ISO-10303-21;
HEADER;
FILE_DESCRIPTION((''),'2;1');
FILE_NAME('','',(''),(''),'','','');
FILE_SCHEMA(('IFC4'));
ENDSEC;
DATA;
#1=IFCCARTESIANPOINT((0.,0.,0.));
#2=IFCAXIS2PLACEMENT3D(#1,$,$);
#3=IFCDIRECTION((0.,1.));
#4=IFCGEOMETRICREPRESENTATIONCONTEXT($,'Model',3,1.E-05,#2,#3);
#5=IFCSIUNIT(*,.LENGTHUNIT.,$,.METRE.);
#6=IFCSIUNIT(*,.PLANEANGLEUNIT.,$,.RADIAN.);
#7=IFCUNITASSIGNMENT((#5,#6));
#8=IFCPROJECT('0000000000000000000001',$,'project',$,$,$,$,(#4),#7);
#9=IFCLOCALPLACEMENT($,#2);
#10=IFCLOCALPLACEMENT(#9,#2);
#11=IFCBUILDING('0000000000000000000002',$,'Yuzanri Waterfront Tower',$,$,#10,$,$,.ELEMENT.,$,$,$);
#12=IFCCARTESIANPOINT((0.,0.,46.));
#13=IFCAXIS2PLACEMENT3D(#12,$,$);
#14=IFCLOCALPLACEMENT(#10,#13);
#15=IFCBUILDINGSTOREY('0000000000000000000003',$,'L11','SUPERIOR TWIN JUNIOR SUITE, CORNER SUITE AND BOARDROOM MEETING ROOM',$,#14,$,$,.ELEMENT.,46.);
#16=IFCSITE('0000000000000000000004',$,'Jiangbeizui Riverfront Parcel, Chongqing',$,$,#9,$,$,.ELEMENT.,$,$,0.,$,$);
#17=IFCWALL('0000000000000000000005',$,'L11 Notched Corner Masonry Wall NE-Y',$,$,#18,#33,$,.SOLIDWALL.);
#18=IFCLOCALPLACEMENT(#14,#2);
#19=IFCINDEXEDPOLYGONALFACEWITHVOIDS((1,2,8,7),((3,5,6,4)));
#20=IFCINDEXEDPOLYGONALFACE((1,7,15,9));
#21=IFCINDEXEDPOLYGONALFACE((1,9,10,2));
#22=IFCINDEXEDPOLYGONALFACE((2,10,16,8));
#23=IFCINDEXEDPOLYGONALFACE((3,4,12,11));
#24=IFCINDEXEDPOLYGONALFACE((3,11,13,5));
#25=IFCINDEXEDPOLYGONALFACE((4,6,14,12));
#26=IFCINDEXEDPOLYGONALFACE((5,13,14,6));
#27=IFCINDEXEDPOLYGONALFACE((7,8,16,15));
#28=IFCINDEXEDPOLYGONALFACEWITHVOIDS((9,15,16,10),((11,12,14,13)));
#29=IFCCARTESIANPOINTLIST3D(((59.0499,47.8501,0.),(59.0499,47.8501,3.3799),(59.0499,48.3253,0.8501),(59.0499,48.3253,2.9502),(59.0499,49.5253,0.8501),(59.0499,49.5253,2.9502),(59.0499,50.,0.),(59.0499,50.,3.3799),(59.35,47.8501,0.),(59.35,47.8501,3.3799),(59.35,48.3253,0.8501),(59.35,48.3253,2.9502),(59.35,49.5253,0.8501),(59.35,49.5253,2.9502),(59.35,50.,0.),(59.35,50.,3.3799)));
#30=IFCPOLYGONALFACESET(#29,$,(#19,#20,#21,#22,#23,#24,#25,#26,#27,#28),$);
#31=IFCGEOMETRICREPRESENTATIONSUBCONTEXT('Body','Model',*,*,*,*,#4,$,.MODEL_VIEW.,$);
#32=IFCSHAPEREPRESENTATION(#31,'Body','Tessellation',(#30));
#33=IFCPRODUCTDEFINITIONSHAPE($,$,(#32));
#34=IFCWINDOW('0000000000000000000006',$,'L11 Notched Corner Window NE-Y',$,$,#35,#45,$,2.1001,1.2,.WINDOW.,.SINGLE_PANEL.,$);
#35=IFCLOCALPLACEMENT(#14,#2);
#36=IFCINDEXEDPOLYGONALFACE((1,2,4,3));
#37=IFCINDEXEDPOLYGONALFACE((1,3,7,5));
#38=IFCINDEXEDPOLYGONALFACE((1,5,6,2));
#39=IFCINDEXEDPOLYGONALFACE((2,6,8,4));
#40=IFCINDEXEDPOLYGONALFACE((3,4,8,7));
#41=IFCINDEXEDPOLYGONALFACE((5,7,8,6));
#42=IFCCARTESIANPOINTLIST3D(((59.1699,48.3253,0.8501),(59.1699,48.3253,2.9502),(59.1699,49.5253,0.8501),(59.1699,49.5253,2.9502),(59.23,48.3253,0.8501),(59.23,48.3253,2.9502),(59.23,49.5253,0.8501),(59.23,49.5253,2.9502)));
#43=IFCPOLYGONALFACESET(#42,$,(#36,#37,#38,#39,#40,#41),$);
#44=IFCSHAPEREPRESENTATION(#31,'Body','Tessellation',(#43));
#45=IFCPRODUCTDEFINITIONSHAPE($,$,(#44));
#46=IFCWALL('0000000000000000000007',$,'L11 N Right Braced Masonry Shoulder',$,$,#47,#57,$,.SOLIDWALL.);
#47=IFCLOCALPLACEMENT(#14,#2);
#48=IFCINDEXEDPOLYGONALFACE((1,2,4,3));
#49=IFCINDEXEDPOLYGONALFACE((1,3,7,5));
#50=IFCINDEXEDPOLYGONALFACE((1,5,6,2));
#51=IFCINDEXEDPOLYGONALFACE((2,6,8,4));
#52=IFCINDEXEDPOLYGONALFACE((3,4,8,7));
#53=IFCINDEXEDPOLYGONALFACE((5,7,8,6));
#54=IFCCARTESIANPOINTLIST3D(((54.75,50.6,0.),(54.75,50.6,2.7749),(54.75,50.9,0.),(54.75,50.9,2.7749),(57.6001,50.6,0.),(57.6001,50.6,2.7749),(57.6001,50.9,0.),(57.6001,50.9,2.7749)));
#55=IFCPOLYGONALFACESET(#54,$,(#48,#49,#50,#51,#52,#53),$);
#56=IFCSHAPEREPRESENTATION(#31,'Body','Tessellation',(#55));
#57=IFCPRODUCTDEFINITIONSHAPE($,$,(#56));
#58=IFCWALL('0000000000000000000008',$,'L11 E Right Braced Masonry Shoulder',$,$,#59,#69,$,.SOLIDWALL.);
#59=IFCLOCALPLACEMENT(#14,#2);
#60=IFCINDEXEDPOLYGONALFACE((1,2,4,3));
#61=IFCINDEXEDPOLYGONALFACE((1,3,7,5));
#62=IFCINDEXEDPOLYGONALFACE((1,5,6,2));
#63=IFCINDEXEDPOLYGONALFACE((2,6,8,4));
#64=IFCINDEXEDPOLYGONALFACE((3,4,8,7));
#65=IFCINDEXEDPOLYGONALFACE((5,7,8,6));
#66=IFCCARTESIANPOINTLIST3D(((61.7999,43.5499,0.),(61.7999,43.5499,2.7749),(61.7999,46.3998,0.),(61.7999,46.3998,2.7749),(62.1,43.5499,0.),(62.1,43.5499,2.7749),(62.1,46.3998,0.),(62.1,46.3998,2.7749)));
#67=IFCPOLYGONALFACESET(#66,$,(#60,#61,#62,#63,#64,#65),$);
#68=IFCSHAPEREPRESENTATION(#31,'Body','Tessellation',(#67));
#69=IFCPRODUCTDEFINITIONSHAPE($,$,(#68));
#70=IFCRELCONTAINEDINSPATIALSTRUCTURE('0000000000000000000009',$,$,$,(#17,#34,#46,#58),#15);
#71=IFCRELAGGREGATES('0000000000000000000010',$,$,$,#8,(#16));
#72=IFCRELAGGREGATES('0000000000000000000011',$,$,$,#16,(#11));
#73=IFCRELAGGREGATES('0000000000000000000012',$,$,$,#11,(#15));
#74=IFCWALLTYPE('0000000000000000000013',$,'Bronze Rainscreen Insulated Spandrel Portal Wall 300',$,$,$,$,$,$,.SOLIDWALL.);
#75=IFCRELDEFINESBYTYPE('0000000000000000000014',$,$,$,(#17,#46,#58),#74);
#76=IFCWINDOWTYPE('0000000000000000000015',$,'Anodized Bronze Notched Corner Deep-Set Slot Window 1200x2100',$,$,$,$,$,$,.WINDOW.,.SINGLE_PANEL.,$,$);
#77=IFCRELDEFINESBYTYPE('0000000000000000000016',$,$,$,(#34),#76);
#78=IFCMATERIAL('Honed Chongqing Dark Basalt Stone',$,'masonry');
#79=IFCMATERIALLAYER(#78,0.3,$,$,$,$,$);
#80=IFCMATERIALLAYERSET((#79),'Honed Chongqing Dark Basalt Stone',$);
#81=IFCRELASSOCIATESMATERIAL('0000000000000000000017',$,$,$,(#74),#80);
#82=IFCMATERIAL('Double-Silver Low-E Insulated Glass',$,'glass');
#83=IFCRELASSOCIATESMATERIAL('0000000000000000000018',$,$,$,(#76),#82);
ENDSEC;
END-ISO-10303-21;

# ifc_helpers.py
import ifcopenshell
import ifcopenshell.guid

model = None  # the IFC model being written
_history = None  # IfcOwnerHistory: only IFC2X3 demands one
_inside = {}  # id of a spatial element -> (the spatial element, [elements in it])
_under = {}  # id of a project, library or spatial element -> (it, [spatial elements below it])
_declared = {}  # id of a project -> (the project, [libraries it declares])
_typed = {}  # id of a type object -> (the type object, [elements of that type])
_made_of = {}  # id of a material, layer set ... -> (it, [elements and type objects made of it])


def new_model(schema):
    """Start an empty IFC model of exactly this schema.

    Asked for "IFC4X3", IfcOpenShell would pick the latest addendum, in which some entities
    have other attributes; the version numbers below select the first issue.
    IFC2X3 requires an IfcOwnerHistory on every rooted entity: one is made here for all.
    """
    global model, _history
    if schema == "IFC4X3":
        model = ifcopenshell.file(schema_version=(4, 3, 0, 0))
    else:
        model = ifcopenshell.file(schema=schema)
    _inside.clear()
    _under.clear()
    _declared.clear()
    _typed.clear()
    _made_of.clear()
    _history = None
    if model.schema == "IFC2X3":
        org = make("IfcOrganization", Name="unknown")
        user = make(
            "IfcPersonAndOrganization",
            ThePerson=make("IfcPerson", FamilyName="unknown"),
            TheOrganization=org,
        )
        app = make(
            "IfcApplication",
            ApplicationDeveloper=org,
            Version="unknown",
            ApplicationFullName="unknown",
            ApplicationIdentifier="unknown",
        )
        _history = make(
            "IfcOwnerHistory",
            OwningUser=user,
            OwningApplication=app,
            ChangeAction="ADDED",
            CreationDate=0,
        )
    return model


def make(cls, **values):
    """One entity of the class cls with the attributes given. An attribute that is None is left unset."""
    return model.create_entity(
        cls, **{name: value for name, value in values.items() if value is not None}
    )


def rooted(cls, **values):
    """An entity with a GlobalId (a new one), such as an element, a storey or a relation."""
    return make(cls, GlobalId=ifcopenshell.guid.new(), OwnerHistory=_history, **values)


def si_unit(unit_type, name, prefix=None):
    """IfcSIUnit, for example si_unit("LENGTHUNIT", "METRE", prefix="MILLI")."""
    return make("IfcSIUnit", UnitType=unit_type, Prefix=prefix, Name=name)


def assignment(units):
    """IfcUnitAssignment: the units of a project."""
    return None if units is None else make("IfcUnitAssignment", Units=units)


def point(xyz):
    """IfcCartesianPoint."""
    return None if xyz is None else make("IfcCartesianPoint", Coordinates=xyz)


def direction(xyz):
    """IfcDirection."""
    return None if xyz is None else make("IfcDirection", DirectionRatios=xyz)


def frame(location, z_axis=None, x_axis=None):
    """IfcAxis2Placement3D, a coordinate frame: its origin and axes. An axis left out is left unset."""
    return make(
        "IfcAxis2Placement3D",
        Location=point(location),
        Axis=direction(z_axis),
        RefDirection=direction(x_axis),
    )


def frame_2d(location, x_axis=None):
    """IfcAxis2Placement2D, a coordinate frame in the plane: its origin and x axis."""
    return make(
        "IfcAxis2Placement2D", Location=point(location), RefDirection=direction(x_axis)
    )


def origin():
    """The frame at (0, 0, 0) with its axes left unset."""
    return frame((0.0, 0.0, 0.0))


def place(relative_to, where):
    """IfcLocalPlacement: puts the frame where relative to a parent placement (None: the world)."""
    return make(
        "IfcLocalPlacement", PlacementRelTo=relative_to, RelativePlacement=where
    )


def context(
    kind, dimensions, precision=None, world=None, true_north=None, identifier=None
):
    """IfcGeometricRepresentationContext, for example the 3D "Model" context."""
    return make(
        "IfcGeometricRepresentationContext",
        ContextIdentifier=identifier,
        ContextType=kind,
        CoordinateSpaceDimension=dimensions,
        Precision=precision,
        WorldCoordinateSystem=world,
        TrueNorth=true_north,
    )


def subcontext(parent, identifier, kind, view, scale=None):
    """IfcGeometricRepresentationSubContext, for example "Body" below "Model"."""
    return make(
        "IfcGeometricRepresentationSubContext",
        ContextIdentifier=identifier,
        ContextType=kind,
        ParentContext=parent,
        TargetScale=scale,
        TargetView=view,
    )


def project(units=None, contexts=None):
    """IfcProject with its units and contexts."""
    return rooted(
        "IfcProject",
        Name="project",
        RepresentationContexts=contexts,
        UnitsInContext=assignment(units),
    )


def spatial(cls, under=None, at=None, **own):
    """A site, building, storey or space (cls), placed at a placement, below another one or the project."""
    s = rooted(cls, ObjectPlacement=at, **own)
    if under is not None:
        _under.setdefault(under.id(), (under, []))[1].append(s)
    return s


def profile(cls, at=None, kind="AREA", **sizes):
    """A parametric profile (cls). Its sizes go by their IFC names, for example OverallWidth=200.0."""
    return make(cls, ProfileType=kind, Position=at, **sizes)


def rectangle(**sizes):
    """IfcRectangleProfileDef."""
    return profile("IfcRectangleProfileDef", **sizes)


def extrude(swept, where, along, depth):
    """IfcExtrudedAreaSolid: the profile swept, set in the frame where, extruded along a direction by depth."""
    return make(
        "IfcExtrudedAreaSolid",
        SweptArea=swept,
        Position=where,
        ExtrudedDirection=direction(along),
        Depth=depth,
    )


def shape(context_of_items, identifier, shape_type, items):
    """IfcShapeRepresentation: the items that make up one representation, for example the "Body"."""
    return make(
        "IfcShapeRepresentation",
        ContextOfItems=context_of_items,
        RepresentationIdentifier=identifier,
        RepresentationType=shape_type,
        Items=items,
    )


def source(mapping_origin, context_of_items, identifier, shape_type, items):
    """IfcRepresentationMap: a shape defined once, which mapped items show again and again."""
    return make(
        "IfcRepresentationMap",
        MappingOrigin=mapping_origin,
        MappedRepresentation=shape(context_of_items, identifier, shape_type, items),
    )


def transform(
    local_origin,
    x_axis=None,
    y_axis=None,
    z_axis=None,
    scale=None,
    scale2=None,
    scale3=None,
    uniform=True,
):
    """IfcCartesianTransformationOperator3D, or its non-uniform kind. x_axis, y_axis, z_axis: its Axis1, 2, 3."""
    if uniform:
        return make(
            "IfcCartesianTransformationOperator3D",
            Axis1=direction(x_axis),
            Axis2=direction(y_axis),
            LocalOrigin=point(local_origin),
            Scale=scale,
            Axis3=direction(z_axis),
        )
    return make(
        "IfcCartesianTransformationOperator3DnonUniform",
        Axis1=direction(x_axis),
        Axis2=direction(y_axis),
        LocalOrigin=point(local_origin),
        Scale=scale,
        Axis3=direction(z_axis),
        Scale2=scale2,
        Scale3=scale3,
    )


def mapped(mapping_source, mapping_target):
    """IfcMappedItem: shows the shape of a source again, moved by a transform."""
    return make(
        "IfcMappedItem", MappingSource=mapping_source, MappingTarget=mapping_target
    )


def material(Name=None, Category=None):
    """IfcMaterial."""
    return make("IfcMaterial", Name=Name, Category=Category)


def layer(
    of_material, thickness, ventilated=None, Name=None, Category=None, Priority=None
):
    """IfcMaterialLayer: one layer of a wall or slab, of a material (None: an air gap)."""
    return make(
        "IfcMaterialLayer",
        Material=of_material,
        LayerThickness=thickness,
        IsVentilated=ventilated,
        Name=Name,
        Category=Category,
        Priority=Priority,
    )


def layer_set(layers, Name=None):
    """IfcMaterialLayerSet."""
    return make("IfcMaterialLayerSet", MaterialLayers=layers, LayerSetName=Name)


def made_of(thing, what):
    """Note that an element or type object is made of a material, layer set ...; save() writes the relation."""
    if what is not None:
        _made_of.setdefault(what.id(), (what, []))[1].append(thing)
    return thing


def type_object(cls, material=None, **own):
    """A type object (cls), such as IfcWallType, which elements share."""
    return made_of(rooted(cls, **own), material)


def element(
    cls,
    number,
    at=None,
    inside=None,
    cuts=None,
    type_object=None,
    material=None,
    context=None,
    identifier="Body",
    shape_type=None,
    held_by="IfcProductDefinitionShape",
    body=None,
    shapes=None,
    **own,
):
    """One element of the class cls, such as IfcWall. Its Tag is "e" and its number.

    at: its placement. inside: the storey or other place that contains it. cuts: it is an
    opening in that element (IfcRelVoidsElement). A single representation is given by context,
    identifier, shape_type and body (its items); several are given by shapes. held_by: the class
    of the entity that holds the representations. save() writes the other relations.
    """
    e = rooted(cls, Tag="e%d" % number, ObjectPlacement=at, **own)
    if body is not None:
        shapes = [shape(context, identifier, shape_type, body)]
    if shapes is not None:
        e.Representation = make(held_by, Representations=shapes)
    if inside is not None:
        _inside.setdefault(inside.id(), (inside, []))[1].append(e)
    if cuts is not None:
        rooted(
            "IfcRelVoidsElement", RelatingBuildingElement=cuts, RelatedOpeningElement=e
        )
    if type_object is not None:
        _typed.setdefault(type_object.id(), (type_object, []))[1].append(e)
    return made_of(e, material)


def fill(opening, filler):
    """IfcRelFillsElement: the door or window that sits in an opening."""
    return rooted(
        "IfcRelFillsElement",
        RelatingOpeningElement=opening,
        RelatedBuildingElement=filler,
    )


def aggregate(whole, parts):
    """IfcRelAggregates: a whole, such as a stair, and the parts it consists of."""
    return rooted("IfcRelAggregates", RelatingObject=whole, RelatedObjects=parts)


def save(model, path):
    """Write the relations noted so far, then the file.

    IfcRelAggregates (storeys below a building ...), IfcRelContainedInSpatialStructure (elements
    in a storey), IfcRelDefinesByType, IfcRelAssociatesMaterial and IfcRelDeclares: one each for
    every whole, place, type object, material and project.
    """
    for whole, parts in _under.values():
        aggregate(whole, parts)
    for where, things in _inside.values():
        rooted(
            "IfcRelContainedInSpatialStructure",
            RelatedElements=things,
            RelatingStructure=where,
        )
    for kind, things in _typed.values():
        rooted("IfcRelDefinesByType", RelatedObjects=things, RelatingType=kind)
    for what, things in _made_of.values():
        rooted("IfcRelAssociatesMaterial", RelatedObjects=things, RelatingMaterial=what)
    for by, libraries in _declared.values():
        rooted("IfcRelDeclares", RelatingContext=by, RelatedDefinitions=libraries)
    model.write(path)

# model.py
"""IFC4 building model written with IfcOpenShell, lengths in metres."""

from ifc_helpers import new_model, si_unit, direction, frame, frame_2d, origin, place, context, subcontext, project, spatial, rectangle, extrude, source, transform, mapped, material, layer, layer_set, type_object, element, fill, save


model = new_model("IFC4")

# Units and contexts
model_context = context("Model", 3, precision=1e-05, world=origin(), true_north=direction((0.0, 1.0)))
body_context = subcontext(model_context, "Body", "Model", "MODEL_VIEW")
ifc_project = project(units=[si_unit("LENGTHUNIT", "METRE"), si_unit("PLANEANGLEUNIT", "RADIAN")], contexts=[model_context])

# Site, building, storey
site_placement = place(None, origin())
site = spatial("IfcSite", under=ifc_project, at=site_placement, Name="Jiangbeizui Riverfront Parcel, Chongqing", CompositionType="ELEMENT", RefElevation=0.0)
building_placement = place(site_placement, origin())
building = spatial("IfcBuilding", under=site, at=building_placement, Name="Yuzanri Waterfront Tower", CompositionType="ELEMENT")
storey_placement = place(building_placement, frame((0.0, 0.0, 46.0)))
storey = spatial("IfcBuildingStorey", under=building, at=storey_placement, Name="L11", Description="SUPERIOR TWIN JUNIOR SUITE, CORNER SUITE AND BOARDROOM MEETING ROOM", CompositionType="ELEMENT", Elevation=46.0)

# Wall, opening, window
ifc_material_1 = material(Name="Honed Chongqing Dark Basalt Stone", Category="masonry")
ifc_layer_1 = layer(ifc_material_1, 0.3)
ifc_layer_set_1 = layer_set([ifc_layer_1], Name="Honed Chongqing Dark Basalt Stone")
wall_type_1 = type_object("IfcWallType", Name="Bronze Rainscreen Insulated Spandrel Portal Wall 300", PredefinedType="SOLIDWALL", material=ifc_layer_set_1)
wall_1_placement = place(storey_placement, frame((59.2, 47.8501, 0.0), z_axis=(0.0, 0.0, 1.0), x_axis=(0.0, 1.0, 0.0)))
wall_1 = element("IfcWall", 1, at=wall_1_placement, inside=storey, type_object=wall_type_1, Name="L11 Notched Corner Masonry Wall NE-Y", PredefinedType="SOLIDWALL", context=body_context, shape_type="SweptSolid", body=[
    extrude(rectangle(XDim=2.1499, YDim=0.3, at=frame_2d((1.075, 0.0))), origin(), (0.0, 0.0, 1.0), 3.3799),
])
opening_1_placement = place(wall_1_placement, frame((0.4751, 0.0, 0.8501)))
opening_1 = element("IfcOpeningElement", 2, at=opening_1_placement, cuts=wall_1, PredefinedType="OPENING", context=body_context, shape_type="SweptSolid", body=[
    extrude(rectangle(XDim=1.2, YDim=2.1001, at=frame_2d((0.6001, 1.05))), frame((0.0, 0.165, 0.0), z_axis=(0.0, -1.0, 0.0), x_axis=(1.0, 0.0, 0.0)), (0.0, 0.0, 1.0), 0.3298),
])
ifc_material_2 = material(Name="Double-Silver Low-E Insulated Glass", Category="glass")
window_type_1 = type_object("IfcWindowType", Name="Anodized Bronze Notched Corner Deep-Set Slot Window 1200x2100", PartitioningType="SINGLE_PANEL", PredefinedType="WINDOW", material=ifc_material_2)
shared_shape_1 = source(origin(), body_context, "Body", "SweptSolid", [
    extrude(rectangle(XDim=1.2, YDim=2.1001, at=frame_2d((0.6001, 1.05))), frame((0.0, 0.03, 0.0), z_axis=(0.0, -1.0, 0.0), x_axis=(1.0, 0.0, 0.0)), (0.0, 0.0, 1.0), 0.0601),
])
window_1_placement = place(opening_1_placement, origin())
window_1 = element("IfcWindow", 3, at=window_1_placement, inside=storey, type_object=window_type_1, Name="L11 Notched Corner Window NE-Y", OverallHeight=2.1001, OverallWidth=1.2, PartitioningType="SINGLE_PANEL", PredefinedType="WINDOW", context=body_context, shape_type="MappedRepresentation", body=[
    mapped(shared_shape_1, transform((0.0, 0.0, 0.0), scale=1.0)),
])
fill(opening_1, window_1)

# Walls
shared_shape_2 = source(origin(), body_context, "Body", "SweptSolid", [
    extrude(rectangle(XDim=2.8501, YDim=0.3, at=frame_2d((1.425, 0.0))), origin(), (0.0, 0.0, 1.0), 2.7749),
])
wall_2_placement = place(storey_placement, frame((54.75, 50.75, 0.0), z_axis=(0.0, 0.0, 1.0), x_axis=(1.0, 0.0, 0.0)))
element("IfcWall", 4, at=wall_2_placement, inside=storey, type_object=wall_type_1, Name="L11 N Right Braced Masonry Shoulder", PredefinedType="SOLIDWALL", context=body_context, shape_type="MappedRepresentation", body=[
    mapped(shared_shape_2, transform((0.0, 0.0, 0.0), scale=1.0)),
])
shared_shape_3 = source(origin(), body_context, "Body", "SweptSolid", [
    extrude(rectangle(XDim=2.8499, YDim=0.3, at=frame_2d((1.4248, 0.0))), origin(), (0.0, 0.0, 1.0), 2.7749),
])
wall_3_placement = place(storey_placement, frame((61.95, 43.55, 0.0), z_axis=(0.0, 0.0, 1.0), x_axis=(0.0, 1.0, 0.0)))
element("IfcWall", 5, at=wall_3_placement, inside=storey, type_object=wall_type_1, Name="L11 E Right Braced Masonry Shoulder", PredefinedType="SOLIDWALL", context=body_context, shape_type="MappedRepresentation", body=[
    mapped(shared_shape_3, transform((0.0, 0.0, 0.0), scale=1.0)),
])

save(model, "model.ifc")
